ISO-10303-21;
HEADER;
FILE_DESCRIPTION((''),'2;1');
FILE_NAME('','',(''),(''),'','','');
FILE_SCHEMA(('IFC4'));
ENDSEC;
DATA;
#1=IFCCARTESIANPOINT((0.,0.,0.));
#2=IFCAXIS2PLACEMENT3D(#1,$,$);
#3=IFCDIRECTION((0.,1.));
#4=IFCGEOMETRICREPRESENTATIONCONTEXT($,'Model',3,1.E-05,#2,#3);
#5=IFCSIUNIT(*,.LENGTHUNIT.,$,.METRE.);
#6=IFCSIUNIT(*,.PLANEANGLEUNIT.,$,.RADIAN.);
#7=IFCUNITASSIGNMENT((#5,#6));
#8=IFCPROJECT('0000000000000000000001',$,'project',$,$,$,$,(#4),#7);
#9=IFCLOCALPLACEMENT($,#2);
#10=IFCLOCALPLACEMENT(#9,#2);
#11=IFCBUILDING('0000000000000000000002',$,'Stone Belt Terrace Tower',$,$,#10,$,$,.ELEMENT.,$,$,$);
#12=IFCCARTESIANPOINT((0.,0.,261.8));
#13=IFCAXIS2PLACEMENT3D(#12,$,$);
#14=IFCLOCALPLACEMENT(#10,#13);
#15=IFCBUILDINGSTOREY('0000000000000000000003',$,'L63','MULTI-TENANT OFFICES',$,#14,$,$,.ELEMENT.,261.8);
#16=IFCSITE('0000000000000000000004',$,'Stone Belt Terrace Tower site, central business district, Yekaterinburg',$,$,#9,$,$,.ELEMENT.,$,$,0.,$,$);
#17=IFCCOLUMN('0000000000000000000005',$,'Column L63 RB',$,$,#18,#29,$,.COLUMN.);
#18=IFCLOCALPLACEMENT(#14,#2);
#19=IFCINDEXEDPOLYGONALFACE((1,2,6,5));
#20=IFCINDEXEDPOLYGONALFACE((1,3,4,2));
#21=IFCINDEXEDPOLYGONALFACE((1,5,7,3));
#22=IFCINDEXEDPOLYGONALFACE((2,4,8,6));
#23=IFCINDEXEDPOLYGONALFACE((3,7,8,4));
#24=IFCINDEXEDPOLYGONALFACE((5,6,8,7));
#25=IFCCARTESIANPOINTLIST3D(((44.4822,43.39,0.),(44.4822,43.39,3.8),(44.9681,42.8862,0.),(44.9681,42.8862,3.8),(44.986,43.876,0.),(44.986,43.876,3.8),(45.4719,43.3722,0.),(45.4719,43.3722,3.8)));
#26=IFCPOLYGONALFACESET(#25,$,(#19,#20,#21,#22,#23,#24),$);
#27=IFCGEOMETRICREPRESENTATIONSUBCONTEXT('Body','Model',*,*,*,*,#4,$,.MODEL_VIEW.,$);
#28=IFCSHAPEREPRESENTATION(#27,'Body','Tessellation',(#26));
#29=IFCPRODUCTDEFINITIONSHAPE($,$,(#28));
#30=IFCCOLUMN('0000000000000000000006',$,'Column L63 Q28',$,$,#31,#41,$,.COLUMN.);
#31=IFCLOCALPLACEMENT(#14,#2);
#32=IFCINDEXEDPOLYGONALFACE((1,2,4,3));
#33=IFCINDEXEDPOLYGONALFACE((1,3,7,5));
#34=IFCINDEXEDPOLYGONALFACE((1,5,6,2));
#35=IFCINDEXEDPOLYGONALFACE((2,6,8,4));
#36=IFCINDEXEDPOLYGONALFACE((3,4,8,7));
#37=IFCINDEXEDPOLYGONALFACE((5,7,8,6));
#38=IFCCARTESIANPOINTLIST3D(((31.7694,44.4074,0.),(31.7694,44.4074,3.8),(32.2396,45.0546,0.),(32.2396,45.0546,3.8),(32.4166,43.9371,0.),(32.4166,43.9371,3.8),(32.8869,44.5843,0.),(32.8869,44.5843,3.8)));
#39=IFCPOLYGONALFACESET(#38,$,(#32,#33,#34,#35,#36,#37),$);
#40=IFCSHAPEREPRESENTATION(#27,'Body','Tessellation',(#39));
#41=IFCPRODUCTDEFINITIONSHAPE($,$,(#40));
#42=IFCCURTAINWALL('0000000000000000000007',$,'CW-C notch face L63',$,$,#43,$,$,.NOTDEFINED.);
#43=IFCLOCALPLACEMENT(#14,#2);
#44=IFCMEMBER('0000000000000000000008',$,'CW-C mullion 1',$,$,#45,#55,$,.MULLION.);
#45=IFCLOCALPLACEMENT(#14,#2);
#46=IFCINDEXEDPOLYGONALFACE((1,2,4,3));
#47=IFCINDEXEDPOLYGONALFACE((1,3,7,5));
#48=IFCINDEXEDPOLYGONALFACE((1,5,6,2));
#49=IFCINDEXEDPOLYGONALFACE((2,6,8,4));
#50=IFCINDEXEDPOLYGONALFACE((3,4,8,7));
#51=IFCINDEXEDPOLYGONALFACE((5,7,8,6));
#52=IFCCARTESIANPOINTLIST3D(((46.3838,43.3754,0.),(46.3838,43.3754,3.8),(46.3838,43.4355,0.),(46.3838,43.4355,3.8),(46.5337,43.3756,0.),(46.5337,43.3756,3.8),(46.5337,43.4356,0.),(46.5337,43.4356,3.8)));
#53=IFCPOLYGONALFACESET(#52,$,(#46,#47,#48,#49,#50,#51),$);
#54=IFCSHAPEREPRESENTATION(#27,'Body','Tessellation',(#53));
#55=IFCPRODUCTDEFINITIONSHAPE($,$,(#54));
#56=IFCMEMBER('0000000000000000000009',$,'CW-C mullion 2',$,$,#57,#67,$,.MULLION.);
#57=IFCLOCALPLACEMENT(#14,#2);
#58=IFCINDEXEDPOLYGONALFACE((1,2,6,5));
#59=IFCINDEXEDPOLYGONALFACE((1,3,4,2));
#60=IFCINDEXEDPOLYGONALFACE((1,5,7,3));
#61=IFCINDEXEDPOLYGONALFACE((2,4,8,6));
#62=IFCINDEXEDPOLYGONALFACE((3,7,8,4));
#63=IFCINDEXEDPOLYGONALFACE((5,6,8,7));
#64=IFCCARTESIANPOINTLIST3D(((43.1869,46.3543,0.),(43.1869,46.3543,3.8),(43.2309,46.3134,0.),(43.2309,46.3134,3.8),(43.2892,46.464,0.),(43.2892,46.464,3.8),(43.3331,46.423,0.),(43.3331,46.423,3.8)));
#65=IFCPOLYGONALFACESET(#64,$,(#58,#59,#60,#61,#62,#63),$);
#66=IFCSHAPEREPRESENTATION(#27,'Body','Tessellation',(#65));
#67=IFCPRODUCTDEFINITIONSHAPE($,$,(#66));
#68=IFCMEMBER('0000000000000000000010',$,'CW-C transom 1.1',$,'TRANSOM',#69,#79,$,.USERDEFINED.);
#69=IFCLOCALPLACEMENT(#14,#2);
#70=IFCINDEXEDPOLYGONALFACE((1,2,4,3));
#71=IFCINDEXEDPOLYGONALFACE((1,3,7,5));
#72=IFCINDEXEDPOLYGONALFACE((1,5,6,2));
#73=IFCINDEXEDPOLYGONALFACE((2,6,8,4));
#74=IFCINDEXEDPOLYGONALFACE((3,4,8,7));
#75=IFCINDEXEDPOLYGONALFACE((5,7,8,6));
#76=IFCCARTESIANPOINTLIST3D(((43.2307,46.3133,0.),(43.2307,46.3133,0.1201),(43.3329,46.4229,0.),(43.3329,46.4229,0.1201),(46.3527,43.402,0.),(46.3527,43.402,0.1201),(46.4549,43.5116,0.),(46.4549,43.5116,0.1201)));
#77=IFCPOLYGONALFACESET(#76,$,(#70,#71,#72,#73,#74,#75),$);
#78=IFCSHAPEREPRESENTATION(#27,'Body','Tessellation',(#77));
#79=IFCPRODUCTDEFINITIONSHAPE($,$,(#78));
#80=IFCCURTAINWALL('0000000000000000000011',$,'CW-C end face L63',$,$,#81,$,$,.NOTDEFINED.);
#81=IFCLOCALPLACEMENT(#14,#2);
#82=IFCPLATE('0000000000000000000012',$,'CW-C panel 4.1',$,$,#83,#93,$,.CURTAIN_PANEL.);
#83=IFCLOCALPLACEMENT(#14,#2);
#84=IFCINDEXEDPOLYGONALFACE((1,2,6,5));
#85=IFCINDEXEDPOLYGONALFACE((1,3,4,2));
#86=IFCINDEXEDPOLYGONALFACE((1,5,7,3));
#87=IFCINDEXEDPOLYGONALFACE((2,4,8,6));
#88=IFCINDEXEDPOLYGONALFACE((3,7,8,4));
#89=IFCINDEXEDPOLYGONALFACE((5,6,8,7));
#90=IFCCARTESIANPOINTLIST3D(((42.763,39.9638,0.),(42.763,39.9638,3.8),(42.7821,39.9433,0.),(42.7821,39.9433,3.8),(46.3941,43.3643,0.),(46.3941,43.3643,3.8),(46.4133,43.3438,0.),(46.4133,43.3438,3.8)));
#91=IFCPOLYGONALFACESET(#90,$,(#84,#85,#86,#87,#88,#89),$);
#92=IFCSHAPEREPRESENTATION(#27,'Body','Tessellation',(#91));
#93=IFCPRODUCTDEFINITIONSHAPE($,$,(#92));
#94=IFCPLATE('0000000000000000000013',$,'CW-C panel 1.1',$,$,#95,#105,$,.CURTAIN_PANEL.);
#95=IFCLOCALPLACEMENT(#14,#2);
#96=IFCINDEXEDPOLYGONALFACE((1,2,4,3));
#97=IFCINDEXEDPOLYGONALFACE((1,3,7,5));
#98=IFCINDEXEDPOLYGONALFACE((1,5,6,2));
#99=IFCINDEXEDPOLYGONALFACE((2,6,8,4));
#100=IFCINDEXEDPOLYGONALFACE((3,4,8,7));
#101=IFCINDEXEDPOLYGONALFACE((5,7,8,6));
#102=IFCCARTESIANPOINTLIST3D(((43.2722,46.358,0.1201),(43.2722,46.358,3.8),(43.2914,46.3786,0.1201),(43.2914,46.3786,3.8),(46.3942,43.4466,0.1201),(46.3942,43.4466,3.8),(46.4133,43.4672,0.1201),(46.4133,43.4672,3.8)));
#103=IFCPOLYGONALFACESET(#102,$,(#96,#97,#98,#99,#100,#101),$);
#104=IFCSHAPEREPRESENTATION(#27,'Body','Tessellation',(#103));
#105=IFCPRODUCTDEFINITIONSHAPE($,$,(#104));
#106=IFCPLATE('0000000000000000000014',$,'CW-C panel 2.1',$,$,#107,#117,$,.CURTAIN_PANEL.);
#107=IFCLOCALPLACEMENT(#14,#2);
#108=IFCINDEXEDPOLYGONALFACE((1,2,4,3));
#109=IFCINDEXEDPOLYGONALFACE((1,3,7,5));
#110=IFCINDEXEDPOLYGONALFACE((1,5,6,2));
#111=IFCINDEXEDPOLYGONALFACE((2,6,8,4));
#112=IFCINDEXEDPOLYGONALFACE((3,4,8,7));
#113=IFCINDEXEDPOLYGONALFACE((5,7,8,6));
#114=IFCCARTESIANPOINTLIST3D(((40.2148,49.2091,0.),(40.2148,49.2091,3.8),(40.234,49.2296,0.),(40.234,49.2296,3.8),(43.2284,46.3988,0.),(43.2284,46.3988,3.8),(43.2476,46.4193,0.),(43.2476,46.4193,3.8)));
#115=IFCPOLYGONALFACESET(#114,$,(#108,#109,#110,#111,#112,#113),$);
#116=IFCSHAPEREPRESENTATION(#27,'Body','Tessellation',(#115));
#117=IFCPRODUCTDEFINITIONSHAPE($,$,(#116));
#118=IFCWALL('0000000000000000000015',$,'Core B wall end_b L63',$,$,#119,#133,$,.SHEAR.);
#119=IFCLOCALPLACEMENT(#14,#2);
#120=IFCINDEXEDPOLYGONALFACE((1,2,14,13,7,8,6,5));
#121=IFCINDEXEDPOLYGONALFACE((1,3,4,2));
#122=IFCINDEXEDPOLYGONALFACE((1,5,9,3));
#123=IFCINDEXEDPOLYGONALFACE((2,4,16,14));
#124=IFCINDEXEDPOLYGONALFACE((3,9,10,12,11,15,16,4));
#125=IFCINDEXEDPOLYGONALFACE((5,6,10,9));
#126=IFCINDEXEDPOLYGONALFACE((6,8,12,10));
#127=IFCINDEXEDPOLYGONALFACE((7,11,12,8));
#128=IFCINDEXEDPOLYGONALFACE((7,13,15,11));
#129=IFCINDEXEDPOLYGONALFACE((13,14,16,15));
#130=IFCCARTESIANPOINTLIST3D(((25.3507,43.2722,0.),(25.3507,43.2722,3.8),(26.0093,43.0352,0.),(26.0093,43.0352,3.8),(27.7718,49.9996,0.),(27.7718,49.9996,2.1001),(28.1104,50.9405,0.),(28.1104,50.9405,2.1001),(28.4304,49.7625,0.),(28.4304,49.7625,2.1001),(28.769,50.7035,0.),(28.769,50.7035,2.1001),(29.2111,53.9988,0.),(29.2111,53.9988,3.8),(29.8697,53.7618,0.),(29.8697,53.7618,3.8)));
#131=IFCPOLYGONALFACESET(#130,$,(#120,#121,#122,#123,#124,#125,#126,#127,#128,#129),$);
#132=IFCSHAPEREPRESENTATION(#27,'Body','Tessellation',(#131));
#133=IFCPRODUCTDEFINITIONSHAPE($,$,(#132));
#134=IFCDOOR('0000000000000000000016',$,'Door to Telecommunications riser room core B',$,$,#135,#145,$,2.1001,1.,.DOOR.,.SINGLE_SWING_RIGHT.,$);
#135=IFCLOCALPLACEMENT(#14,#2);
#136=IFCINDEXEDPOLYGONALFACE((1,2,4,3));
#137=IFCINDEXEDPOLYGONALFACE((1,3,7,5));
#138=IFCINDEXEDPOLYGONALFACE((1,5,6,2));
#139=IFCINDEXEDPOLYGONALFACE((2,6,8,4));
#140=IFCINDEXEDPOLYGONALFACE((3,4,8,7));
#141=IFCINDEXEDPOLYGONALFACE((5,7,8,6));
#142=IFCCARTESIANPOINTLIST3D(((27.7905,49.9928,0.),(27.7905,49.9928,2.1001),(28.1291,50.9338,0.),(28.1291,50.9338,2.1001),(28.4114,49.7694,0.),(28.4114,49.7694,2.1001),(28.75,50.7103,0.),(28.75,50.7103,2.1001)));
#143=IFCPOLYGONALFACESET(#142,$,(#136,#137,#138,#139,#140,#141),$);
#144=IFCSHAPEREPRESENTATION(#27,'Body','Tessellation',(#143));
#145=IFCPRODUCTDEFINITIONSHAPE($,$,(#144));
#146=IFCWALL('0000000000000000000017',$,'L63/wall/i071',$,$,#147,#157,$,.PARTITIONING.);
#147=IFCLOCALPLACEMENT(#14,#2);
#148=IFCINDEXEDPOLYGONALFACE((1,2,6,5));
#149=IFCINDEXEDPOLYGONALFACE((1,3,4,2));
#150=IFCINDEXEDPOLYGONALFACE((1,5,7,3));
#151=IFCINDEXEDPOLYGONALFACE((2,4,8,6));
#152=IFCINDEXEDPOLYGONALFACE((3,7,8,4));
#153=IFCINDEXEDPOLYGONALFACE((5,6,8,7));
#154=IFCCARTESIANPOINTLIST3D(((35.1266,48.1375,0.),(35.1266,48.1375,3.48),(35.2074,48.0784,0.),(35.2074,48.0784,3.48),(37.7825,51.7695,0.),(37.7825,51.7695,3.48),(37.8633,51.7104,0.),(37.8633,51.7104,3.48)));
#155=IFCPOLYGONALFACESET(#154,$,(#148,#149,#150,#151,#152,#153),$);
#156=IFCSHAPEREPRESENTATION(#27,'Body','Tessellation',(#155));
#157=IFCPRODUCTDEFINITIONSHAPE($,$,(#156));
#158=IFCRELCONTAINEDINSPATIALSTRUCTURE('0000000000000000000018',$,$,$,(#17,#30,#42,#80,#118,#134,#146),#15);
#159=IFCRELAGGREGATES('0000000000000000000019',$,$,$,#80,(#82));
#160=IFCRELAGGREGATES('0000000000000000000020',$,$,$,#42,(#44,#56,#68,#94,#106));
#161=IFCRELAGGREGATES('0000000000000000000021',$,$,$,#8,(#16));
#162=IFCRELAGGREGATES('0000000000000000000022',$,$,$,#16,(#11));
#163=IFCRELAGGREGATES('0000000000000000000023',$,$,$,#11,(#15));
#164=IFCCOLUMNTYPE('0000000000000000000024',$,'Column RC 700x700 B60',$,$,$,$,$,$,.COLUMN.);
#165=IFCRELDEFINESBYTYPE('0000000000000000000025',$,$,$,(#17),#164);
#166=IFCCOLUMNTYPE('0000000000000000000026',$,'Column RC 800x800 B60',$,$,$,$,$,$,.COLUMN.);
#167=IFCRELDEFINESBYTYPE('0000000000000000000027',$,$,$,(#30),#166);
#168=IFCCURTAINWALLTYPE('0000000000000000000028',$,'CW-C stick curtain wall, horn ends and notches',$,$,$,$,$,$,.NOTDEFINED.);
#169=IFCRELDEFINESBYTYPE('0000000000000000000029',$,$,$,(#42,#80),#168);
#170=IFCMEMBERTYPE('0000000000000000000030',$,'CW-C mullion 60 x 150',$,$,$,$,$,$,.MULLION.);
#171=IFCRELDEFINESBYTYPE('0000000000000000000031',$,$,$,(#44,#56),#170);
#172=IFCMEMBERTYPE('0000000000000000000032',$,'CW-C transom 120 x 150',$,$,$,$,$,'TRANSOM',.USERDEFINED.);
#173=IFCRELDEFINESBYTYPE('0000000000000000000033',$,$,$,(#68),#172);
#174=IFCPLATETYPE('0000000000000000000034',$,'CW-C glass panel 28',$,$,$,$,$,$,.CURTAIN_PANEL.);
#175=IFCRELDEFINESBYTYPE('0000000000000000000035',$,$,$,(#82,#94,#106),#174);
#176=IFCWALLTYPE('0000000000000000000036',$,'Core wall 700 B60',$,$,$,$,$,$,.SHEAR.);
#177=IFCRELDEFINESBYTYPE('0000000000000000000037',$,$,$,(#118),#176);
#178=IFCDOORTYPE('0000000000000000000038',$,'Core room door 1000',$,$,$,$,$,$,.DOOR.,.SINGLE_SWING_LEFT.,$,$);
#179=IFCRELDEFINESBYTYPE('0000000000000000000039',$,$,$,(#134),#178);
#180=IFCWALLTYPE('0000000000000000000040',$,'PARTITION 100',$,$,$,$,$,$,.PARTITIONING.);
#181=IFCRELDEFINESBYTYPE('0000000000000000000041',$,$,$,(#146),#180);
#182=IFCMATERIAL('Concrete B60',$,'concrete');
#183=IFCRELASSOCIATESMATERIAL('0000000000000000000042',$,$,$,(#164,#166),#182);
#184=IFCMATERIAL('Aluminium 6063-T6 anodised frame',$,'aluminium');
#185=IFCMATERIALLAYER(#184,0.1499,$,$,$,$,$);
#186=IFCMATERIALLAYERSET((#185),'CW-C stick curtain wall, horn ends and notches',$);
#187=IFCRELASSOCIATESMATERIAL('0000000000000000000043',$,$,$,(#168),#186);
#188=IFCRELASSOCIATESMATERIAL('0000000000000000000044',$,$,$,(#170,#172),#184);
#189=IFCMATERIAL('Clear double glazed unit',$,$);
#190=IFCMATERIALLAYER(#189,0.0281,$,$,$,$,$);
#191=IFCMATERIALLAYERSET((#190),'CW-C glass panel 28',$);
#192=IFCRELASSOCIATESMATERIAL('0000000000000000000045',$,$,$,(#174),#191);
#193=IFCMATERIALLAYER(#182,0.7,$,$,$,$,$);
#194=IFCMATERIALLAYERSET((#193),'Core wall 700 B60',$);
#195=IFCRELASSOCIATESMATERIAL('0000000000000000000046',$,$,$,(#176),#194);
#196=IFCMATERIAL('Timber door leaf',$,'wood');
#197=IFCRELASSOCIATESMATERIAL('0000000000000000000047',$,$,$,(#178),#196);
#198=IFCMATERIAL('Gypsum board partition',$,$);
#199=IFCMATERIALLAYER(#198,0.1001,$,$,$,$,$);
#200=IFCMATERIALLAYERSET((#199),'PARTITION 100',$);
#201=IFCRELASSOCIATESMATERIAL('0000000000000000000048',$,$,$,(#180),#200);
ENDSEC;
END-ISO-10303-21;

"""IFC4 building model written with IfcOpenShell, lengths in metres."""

from ifc_helpers import new_model, si_unit, direction, frame, frame_2d, origin, origin_2d, place, context, subcontext, project, spatial, rectangle, extrude, material, layer, layer_set, material_profile, profile_set, type_object, element, fill, aggregate, save


model = new_model("IFC4")

# Units and contexts
model_context = context("Model", 3, precision=1e-05, world=origin(), true_north=direction((0.0, 1.0)))
body_context = subcontext(model_context, "Body", "Model", "MODEL_VIEW")
ifc_project = project(units=[si_unit("LENGTHUNIT", "METRE"), si_unit("PLANEANGLEUNIT", "RADIAN")], contexts=[model_context])

# Site, building, storey
site_placement = place(None, origin())
site = spatial("IfcSite", under=ifc_project, at=site_placement, Name="Stone Belt Terrace Tower site, central business district, Yekaterinburg", CompositionType="ELEMENT", RefElevation=0.0)
building_placement = place(site_placement, origin())
building = spatial("IfcBuilding", under=site, at=building_placement, Name="Stone Belt Terrace Tower", CompositionType="ELEMENT")
storey_placement = place(building_placement, frame((0.0, 0.0, 261.8)))
storey = spatial("IfcBuildingStorey", under=building, at=storey_placement, Name="L63", Description="MULTI-TENANT OFFICES", CompositionType="ELEMENT", Elevation=261.8)

# Columns
ifc_material_1 = material(Name="Concrete B60", Category="concrete")
ifc_material_profile_1 = material_profile(ifc_material_1, rectangle(XDim=0.7, YDim=0.7, at=origin_2d()), Name="RC 700x700")
ifc_profile_set_1 = profile_set([ifc_material_profile_1], Name="Concrete B60")
column_type_1 = type_object("IfcColumnType", Name="Column RC 700x700 B60", PredefinedType="COLUMN", material=ifc_profile_set_1)
column_1_placement = place(storey_placement, frame((44.9771, 43.3811, 0.0), z_axis=(0.0, 0.0, 1.0), x_axis=(0.694221, -0.719762, 0.0)))
element("IfcColumn", 1, at=column_1_placement, inside=storey, type_object=column_type_1, Name="Column L63 RB", PredefinedType="COLUMN", context=body_context, shape_type="SweptSolid", body=[
    extrude(rectangle(XDim=0.7, YDim=0.7, at=origin_2d()), origin(), (0.0, 0.0, 1.0), 3.8),
])
ifc_material_profile_2 = material_profile(ifc_material_1, rectangle(XDim=0.8, YDim=0.8, at=origin_2d()), Name="RC 800x800")
ifc_profile_set_2 = profile_set([ifc_material_profile_2], Name="Concrete B60")
column_type_2 = type_object("IfcColumnType", Name="Column RC 800x800 B60", PredefinedType="COLUMN", material=ifc_profile_set_2)
column_2_placement = place(storey_placement, frame((32.3281, 44.4958, 0.0), z_axis=(0.0, 0.0, 1.0), x_axis=(0.809017, -0.587785, 0.0)))
element("IfcColumn", 2, at=column_2_placement, inside=storey, type_object=column_type_2, Name="Column L63 Q28", PredefinedType="COLUMN", context=body_context, shape_type="SweptSolid", body=[
    extrude(rectangle(XDim=0.8, YDim=0.8, at=origin_2d()), origin(), (0.0, 0.0, 1.0), 3.8),
])

# Curtain wall, members
ifc_material_2 = material(Name="Aluminium 6063-T6 anodised frame", Category="aluminium")
ifc_layer_1 = layer(ifc_material_2, 0.1499)
ifc_layer_set_1 = layer_set([ifc_layer_1], Name="CW-C stick curtain wall, horn ends and notches")
curtain_wall_type = type_object("IfcCurtainWallType", Name="CW-C stick curtain wall, horn ends and notches", PredefinedType="NOTDEFINED", material=ifc_layer_set_1)
curtain_wall_1_placement = place(storey_placement, origin())
curtain_wall_1 = element("IfcCurtainWall", 3, at=curtain_wall_1_placement, inside=storey, type_object=curtain_wall_type, Name="CW-C notch face L63", PredefinedType="NOTDEFINED")
ifc_material_profile_3 = material_profile(ifc_material_2, rectangle(XDim=0.1499, YDim=0.0601, at=origin_2d()), Name="Aluminium 6063-T6 60x150")
ifc_profile_set_3 = profile_set([ifc_material_profile_3], Name="Aluminium 6063-T6 anodised frame")
member_type_1 = type_object("IfcMemberType", Name="CW-C mullion 60 x 150", PredefinedType="MULLION", material=ifc_profile_set_3)
member_1_placement = place(storey_placement, frame((46.4587, 43.4055, 0.0), z_axis=(0.0, 0.0, 1.0), x_axis=(-0.999999, -0.001051, 0.0)))
member_1 = element("IfcMember", 4, at=member_1_placement, type_object=member_type_1, Name="CW-C mullion 1", PredefinedType="MULLION", context=body_context, shape_type="SweptSolid", body=[
    extrude(rectangle(XDim=0.1499, YDim=0.0601, at=origin_2d()), origin(), (0.0, 0.0, 1.0), 3.8),
])
member_2_placement = place(storey_placement, frame((43.26, 46.3887, 0.0), z_axis=(0.0, 0.0, 1.0), x_axis=(-0.682014, -0.731339, 0.0)))
member_2 = element("IfcMember", 5, at=member_2_placement, type_object=member_type_1, Name="CW-C mullion 2", PredefinedType="MULLION", context=body_context, shape_type="SweptSolid", body=[
    extrude(rectangle(XDim=0.1499, YDim=0.0601, at=origin_2d()), origin(), (0.0, 0.0, 1.0), 3.8),
])
ifc_material_profile_4 = material_profile(ifc_material_2, rectangle(XDim=0.1499, YDim=0.1201, at=origin_2d()), Name="Aluminium 6063-T6 150x120")
ifc_profile_set_4 = profile_set([ifc_material_profile_4], Name="Aluminium 6063-T6 anodised frame")
member_type_2 = type_object("IfcMemberType", Name="CW-C transom 120 x 150", ElementType="TRANSOM", PredefinedType="USERDEFINED", material=ifc_profile_set_4)
member_3_placement = place(storey_placement, frame((46.4038, 43.4568, 0.0601), z_axis=(-0.731354, 0.681998, 0.0), x_axis=(-0.681998, -0.731354, 0.0)))
member_3 = element("IfcMember", 6, at=member_3_placement, type_object=member_type_2, Name="CW-C transom 1.1", ObjectType="TRANSOM", PredefinedType="USERDEFINED", context=body_context, shape_type="SweptSolid", body=[
    extrude(rectangle(XDim=0.1499, YDim=0.1201, at=origin_2d()), origin(), (0.0, 0.0, 1.0), 4.2688),
])

# Curtain wall, plate
curtain_wall_2_placement = place(storey_placement, origin())
curtain_wall_2 = element("IfcCurtainWall", 7, at=curtain_wall_2_placement, inside=storey, type_object=curtain_wall_type, Name="CW-C end face L63", PredefinedType="NOTDEFINED")
ifc_material_3 = material(Name="Clear double glazed unit")
ifc_layer_2 = layer(ifc_material_3, 0.0281)
ifc_layer_set_2 = layer_set([ifc_layer_2], Name="CW-C glass panel 28")
plate_type = type_object("IfcPlateType", Name="CW-C glass panel 28", PredefinedType="CURTAIN_PANEL", material=ifc_layer_set_2)
plate_1_placement = place(storey_placement, frame((44.5881, 41.6538, 0.0), z_axis=(0.0, 0.0, 1.0), x_axis=(0.729904, 0.683549, 0.0)))
plate_1 = element("IfcPlate", 8, at=plate_1_placement, type_object=plate_type, Name="CW-C panel 4.1", PredefinedType="CURTAIN_PANEL", context=body_context, shape_type="SweptSolid", body=[
    extrude(rectangle(XDim=4.9749, YDim=0.0281, at=origin_2d()), origin(), (0.0, 0.0, 1.0), 3.8),
])
aggregate(curtain_wall_2, [plate_1])

# Plates
plate_2_placement = place(storey_placement, frame((44.8428, 44.9126, 0.1201), z_axis=(0.0, 0.0, 1.0), x_axis=(-0.731339, 0.682014, 0.0)))
plate_2 = element("IfcPlate", 9, at=plate_2_placement, type_object=plate_type, Name="CW-C panel 1.1", PredefinedType="CURTAIN_PANEL", context=body_context, shape_type="SweptSolid", body=[
    extrude(rectangle(XDim=4.2688, YDim=0.0281, at=origin_2d()), origin(), (0.0, 0.0, 1.0), 3.6799),
])
plate_3_placement = place(storey_placement, frame((41.7312, 47.8142, 0.0), z_axis=(0.0, 0.0, 1.0), x_axis=(-0.731339, 0.682014, 0.0)))
plate_3 = element("IfcPlate", 10, at=plate_3_placement, type_object=plate_type, Name="CW-C panel 2.1", PredefinedType="CURTAIN_PANEL", context=body_context, shape_type="SweptSolid", body=[
    extrude(rectangle(XDim=4.1206, YDim=0.0281, at=origin_2d()), origin(), (0.0, 0.0, 1.0), 3.8),
])
aggregate(curtain_wall_1, [member_1, member_2, member_3, plate_2, plate_3])

# Wall, opening, door
ifc_layer_3 = layer(ifc_material_1, 0.7)
ifc_layer_set_3 = layer_set([ifc_layer_3], Name="Core wall 700 B60")
wall_type_1 = type_object("IfcWallType", Name="Core wall 700 B60", PredefinedType="SHEAR", material=ifc_layer_set_3)
wall_1_placement = place(storey_placement, frame((25.6799, 43.1536, 0.0), z_axis=(0.0, 0.0, 1.0), x_axis=(0.338625, 0.940921, 0.0)))
wall_1 = element("IfcWall", 11, at=wall_1_placement, inside=storey, type_object=wall_type_1, Name="Core B wall end_b L63", PredefinedType="SHEAR", context=body_context, shape_type="SweptSolid", body=[
    extrude(rectangle(XDim=11.4001, YDim=0.7, at=frame_2d((5.7002, 0.0))), origin(), (0.0, 0.0, 1.0), 3.8),
])
opening_1_placement = place(wall_1_placement, frame((7.1499, 0.0, 0.0)))
opening_1 = element("IfcOpeningElement", 12, at=opening_1_placement, cuts=wall_1, PredefinedType="OPENING", context=body_context, shape_type="SweptSolid", body=[
    extrude(rectangle(XDim=1.0, YDim=2.1001, at=frame_2d((0.5, 1.05))), frame((0.0, 0.3599, 0.0), z_axis=(0.0, -1.0, 0.0), x_axis=(1.0, 0.0, 0.0)), (0.0, 0.0, 1.0), 0.72),
])
ifc_material_4 = material(Name="Timber door leaf", Category="wood")
door_type_1 = type_object("IfcDoorType", Name="Core room door 1000", OperationType="SINGLE_SWING_LEFT", PredefinedType="DOOR", material=ifc_material_4)
door_1_placement = place(opening_1_placement, origin())
door_1 = element("IfcDoor", 13, at=door_1_placement, inside=storey, type_object=door_type_1, Name="Door to Telecommunications riser room core B", OperationType="SINGLE_SWING_RIGHT", OverallHeight=2.1001, OverallWidth=1.0, PredefinedType="DOOR", context=body_context, shape_type="SweptSolid", body=[
    extrude(rectangle(XDim=1.0, YDim=2.1001, at=frame_2d((0.5, 1.05))), frame((0.0, 0.3301, 0.0), z_axis=(0.0, -1.0, 0.0), x_axis=(1.0, 0.0, 0.0)), (0.0, 0.0, 1.0), 0.6599),
])
fill(opening_1, door_1)

# Wall
ifc_material_5 = material(Name="Gypsum board partition")
ifc_layer_4 = layer(ifc_material_5, 0.1001)
ifc_layer_set_4 = layer_set([ifc_layer_4], Name="PARTITION 100")
wall_type_2 = type_object("IfcWallType", Name="PARTITION 100", PredefinedType="PARTITIONING", material=ifc_layer_set_4)
wall_2_placement = place(storey_placement, frame((35.167, 48.1079, 0.0), z_axis=(0.0, 0.0, 1.0), x_axis=(0.590276, 0.807201, 0.0)))
element("IfcWall", 14, at=wall_2_placement, inside=storey, type_object=wall_type_2, Name="L63/wall/i071", PredefinedType="PARTITIONING", context=body_context, shape_type="SweptSolid", body=[
    extrude(rectangle(XDim=4.4995, YDim=0.1001, at=frame_2d((2.2498, 0.0))), origin(), (0.0, 0.0, 1.0), 3.48),
])

save(model, "model.ifc")
